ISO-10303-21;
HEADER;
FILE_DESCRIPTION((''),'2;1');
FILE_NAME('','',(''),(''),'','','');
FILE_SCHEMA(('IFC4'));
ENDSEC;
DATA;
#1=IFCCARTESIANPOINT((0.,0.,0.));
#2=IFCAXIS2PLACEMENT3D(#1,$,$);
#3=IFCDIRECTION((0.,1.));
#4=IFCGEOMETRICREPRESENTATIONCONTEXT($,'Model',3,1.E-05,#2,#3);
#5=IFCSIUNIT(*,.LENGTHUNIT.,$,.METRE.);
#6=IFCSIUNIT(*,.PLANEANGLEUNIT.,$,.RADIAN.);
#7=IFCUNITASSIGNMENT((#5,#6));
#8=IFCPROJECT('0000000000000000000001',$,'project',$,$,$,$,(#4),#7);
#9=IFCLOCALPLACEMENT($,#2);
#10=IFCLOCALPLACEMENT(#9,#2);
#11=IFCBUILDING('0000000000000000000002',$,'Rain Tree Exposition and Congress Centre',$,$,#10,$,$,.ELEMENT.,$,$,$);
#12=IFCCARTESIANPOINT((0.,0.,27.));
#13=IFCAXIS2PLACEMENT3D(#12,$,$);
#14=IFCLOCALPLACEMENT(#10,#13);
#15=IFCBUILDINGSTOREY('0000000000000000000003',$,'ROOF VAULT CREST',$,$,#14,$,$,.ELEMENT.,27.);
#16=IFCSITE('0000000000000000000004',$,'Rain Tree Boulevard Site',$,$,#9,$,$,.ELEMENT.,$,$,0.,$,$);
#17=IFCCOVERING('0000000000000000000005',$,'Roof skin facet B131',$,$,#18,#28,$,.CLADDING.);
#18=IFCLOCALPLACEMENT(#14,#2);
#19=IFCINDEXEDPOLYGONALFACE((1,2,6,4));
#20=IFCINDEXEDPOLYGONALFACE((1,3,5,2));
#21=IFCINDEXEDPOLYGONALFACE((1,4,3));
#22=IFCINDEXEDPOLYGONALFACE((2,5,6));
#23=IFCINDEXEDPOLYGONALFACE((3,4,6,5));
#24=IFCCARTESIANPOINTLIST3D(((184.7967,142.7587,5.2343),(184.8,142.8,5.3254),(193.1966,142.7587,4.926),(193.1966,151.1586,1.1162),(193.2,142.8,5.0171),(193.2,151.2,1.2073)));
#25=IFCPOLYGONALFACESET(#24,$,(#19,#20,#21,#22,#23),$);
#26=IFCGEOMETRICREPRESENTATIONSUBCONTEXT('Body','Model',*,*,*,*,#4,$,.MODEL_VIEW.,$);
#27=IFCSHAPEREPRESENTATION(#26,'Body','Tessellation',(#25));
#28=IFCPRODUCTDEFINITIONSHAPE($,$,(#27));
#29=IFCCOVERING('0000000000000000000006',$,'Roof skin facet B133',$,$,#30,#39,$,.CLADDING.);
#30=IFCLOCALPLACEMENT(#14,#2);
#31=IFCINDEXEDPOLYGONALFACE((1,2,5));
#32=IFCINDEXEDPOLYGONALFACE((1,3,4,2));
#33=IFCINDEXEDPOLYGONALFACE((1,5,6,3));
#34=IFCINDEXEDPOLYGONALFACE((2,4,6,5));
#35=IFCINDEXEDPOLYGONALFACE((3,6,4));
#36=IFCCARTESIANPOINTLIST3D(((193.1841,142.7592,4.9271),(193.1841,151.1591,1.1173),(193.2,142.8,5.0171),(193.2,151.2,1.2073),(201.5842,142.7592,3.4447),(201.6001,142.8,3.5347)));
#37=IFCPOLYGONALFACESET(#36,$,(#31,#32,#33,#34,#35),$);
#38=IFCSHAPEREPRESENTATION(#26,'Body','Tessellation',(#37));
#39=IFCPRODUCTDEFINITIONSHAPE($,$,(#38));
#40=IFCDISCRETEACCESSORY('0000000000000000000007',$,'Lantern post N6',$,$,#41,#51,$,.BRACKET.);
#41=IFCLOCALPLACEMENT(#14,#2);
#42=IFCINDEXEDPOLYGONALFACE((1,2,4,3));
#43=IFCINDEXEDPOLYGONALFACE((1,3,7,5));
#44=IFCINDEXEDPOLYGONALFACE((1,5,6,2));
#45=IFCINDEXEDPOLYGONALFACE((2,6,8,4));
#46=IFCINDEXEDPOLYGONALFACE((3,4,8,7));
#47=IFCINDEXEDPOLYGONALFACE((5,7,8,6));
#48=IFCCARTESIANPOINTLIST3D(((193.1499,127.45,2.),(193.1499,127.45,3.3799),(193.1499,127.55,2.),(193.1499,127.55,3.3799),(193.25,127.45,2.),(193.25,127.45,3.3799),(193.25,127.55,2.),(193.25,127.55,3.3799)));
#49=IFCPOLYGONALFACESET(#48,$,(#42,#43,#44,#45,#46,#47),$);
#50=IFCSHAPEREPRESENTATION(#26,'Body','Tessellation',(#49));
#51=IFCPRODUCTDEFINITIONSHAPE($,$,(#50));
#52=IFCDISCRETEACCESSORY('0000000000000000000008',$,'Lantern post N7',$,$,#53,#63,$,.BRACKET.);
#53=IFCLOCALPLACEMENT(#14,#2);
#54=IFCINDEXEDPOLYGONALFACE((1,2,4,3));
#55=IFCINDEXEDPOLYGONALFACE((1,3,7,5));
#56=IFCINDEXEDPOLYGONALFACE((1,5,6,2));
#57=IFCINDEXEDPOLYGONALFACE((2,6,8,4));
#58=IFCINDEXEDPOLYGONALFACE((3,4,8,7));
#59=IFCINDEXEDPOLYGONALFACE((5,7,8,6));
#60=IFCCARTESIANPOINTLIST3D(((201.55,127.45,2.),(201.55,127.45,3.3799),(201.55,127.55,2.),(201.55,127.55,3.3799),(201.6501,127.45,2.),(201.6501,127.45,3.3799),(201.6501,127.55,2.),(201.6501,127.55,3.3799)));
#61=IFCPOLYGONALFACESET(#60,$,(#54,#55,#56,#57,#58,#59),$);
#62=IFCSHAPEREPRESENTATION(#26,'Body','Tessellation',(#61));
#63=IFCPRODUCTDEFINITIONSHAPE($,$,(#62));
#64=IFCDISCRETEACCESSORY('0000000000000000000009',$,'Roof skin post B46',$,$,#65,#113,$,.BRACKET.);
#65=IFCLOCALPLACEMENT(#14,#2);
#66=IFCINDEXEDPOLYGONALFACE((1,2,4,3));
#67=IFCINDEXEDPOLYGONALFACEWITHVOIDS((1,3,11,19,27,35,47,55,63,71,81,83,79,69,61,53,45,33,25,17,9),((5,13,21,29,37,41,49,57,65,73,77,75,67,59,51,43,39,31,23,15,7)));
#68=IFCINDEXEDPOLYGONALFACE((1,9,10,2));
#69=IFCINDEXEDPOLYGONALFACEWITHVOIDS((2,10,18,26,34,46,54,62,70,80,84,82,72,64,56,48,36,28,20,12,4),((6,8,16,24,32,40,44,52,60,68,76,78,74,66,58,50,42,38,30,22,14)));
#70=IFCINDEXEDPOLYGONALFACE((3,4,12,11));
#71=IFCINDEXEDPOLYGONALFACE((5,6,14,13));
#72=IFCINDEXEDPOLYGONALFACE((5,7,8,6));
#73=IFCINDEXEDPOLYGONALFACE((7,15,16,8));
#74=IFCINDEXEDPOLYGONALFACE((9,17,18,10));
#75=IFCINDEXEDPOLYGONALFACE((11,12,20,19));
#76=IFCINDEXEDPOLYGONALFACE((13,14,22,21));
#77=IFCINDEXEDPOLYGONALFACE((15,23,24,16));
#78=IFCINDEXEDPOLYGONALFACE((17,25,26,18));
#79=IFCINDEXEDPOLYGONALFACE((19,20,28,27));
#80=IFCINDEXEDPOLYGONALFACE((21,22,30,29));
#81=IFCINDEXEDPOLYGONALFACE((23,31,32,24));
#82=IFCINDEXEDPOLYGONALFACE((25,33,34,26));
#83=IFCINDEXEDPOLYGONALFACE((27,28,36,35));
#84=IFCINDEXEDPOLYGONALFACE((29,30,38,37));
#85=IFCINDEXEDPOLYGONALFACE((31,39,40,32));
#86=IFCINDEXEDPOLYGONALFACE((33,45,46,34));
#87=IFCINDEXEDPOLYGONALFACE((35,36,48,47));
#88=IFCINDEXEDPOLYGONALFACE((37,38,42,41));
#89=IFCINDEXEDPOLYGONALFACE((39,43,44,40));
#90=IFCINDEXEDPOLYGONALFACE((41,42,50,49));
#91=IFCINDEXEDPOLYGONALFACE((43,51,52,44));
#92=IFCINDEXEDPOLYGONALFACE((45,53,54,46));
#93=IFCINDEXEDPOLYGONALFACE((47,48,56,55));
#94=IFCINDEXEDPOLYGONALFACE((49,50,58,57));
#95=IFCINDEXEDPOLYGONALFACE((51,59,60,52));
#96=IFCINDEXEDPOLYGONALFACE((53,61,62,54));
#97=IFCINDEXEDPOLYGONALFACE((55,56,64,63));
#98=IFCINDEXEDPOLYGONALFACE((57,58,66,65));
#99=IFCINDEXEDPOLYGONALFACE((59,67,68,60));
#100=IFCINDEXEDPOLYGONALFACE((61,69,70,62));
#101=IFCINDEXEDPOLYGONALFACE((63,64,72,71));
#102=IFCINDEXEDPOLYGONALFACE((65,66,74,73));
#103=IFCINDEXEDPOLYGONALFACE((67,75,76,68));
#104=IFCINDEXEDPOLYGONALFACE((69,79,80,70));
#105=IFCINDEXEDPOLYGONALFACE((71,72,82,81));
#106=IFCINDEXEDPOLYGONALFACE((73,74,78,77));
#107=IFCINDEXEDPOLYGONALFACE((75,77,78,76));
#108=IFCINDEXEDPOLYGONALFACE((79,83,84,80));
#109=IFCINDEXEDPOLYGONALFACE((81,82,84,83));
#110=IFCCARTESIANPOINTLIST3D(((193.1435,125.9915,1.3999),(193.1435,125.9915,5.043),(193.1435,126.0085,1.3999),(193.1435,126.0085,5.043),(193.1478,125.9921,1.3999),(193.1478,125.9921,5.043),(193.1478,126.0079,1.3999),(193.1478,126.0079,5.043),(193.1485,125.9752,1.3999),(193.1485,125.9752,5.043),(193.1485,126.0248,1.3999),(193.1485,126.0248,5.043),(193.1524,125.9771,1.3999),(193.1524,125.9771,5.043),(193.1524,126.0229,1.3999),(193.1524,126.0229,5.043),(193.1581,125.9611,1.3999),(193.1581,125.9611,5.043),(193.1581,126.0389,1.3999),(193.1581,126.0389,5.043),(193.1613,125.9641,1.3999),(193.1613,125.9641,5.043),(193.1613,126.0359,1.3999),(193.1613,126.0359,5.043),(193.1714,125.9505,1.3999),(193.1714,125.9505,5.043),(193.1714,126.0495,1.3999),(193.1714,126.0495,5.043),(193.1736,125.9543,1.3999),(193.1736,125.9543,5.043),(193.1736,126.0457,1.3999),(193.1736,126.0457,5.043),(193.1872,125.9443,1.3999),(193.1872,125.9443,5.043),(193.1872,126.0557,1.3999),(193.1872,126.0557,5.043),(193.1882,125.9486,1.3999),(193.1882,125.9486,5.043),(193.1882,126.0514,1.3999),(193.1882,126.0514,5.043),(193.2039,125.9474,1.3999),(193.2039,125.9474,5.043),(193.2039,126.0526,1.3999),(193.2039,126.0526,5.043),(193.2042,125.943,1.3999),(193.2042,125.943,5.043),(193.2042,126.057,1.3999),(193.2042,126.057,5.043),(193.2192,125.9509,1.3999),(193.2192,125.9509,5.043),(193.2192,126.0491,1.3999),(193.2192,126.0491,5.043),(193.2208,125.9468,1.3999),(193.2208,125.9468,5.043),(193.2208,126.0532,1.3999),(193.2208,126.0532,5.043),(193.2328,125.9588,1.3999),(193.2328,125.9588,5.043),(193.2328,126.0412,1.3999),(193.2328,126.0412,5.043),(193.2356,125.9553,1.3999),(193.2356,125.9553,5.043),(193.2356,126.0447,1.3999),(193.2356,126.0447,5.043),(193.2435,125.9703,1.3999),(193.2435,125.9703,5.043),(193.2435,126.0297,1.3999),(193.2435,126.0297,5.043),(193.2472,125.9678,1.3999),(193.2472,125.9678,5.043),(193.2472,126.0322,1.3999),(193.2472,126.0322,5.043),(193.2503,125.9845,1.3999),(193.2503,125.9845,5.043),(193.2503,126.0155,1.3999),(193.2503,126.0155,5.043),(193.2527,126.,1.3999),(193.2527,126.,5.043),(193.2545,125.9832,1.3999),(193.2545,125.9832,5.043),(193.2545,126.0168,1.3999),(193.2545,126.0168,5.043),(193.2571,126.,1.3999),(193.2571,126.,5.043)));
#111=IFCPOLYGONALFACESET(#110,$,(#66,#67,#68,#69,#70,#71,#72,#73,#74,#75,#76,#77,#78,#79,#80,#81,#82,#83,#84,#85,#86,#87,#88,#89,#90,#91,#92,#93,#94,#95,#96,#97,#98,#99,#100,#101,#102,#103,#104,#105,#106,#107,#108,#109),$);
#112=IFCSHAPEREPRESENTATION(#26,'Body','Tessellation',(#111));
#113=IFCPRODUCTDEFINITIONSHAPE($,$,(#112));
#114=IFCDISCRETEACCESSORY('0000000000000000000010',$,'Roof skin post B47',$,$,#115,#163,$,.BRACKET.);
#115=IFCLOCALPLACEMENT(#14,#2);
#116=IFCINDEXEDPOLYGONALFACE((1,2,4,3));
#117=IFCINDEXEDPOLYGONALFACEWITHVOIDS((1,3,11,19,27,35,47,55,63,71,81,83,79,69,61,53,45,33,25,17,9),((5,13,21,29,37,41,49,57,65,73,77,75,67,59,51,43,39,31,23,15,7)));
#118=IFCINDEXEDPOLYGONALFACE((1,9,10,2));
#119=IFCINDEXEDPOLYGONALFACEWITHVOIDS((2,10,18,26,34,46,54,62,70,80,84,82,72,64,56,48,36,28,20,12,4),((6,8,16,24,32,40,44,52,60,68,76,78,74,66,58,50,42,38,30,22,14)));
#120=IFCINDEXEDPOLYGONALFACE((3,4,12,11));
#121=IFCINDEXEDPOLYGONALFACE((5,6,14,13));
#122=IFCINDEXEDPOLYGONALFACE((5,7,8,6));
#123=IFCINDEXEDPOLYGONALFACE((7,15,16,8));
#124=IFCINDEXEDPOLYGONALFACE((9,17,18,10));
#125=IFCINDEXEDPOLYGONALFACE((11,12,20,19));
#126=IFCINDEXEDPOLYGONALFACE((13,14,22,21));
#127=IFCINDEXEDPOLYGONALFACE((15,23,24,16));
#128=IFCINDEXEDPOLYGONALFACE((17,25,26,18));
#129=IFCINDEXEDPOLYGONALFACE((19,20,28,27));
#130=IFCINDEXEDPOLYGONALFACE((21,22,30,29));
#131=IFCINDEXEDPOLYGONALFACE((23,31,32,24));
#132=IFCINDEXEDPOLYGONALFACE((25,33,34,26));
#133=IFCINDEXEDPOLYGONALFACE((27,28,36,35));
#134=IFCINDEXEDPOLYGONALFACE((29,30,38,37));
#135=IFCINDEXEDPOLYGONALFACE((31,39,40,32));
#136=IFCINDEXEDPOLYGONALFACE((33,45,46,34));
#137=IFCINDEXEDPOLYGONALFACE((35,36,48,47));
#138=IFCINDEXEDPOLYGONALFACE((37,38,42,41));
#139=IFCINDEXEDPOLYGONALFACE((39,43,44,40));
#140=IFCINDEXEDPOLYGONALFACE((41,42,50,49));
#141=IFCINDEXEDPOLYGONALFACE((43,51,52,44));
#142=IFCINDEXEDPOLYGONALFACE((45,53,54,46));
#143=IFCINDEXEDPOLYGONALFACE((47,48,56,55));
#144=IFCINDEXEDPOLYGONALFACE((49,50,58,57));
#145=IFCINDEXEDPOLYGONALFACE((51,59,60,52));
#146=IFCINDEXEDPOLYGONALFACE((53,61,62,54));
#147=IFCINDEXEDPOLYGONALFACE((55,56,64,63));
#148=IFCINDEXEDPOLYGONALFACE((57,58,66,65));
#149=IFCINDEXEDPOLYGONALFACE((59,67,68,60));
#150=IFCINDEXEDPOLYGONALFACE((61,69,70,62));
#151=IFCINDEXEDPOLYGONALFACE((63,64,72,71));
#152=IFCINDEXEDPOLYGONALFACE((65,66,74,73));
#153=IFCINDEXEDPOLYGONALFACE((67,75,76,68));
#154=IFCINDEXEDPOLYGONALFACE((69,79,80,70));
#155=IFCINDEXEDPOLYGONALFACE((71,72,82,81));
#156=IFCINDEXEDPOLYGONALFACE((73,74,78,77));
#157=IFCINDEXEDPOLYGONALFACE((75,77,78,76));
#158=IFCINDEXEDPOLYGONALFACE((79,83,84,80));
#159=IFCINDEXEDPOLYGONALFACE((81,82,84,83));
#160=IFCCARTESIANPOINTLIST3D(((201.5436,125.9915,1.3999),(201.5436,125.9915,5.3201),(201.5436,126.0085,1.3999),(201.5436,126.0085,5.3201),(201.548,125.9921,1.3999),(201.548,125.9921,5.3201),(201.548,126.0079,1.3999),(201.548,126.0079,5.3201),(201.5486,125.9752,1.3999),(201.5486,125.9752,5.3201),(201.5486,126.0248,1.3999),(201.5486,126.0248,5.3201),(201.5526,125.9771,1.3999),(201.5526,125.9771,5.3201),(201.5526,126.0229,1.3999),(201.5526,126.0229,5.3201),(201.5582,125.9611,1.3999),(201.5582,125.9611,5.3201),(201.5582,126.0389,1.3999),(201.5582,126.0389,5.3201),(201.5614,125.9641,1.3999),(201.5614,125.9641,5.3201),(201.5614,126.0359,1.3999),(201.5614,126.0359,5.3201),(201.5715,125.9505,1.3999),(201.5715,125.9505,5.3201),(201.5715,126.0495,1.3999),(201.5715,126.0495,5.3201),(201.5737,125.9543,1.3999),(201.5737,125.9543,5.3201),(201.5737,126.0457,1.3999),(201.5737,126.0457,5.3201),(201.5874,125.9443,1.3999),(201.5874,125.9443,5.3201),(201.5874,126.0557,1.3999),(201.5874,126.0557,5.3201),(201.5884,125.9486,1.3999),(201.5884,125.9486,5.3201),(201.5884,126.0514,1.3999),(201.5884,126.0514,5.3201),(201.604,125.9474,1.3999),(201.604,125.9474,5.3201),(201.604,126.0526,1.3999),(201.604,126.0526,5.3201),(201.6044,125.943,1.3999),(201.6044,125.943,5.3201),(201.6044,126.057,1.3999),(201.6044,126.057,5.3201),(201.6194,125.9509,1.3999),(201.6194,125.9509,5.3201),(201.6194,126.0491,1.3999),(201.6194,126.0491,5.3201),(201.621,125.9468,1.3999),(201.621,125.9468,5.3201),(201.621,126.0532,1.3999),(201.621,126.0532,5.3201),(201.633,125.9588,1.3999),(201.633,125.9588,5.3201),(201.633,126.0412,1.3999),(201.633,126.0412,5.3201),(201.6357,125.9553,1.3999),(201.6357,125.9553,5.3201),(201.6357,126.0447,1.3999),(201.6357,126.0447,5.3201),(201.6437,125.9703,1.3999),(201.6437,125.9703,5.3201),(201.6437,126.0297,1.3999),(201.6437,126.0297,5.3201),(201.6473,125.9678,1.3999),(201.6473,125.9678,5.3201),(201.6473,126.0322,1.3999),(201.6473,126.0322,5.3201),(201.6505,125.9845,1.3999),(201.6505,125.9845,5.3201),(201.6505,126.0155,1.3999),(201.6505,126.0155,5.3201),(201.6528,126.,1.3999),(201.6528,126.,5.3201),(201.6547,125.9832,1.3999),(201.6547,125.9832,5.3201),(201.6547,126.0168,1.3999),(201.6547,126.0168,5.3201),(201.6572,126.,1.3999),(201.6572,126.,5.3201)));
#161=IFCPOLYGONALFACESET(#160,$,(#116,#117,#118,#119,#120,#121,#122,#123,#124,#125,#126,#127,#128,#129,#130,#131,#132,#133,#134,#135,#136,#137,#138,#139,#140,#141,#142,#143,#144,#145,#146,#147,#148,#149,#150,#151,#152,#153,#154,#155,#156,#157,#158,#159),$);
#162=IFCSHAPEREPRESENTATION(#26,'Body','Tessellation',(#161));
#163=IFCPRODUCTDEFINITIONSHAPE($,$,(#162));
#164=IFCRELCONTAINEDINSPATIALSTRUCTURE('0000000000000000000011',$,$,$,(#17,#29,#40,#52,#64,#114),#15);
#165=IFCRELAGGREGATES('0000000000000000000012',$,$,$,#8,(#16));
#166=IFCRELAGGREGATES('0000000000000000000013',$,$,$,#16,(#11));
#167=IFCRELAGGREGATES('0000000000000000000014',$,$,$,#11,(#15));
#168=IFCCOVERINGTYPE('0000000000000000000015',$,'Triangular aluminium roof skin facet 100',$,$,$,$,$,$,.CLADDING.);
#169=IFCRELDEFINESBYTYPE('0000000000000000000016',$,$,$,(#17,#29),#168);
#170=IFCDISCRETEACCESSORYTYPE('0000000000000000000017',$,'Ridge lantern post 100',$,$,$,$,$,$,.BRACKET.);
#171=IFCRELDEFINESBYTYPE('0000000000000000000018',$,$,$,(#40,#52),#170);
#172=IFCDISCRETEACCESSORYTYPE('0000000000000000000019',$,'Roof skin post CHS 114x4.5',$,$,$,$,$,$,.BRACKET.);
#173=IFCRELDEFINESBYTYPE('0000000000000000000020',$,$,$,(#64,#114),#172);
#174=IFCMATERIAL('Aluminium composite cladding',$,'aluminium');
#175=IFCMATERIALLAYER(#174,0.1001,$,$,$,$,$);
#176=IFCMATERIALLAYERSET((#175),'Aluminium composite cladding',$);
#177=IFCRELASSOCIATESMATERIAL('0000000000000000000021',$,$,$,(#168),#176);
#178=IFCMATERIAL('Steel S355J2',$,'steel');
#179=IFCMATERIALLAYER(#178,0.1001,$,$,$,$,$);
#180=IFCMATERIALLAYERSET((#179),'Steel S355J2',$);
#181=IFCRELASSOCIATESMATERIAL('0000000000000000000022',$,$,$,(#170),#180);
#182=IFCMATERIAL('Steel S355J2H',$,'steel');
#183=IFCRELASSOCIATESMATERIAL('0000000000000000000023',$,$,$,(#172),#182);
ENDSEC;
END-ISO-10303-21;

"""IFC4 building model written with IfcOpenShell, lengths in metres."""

from ifc_helpers import new_model, si_unit, direction, frame, origin, origin_2d, place, context, subcontext, project, spatial, polyline, rectangle, hollow_circle, outline, extrude, material, layer, layer_set, material_profile, profile_set, type_object, element, save


model = new_model("IFC4")

# Units and contexts
model_context = context("Model", 3, precision=1e-05, world=origin(), true_north=direction((0.0, 1.0)))
body_context = subcontext(model_context, "Body", "Model", "MODEL_VIEW")
ifc_project = project(units=[si_unit("LENGTHUNIT", "METRE"), si_unit("PLANEANGLEUNIT", "RADIAN")], contexts=[model_context])

# Site, building, storey
site_placement = place(None, origin())
site = spatial("IfcSite", under=ifc_project, at=site_placement, Name="Rain Tree Boulevard Site", CompositionType="ELEMENT", RefElevation=0.0)
building_placement = place(site_placement, origin())
building = spatial("IfcBuilding", under=site, at=building_placement, Name="Rain Tree Exposition and Congress Centre", CompositionType="ELEMENT")
storey_placement = place(building_placement, frame((0.0, 0.0, 27.0)))
storey = spatial("IfcBuildingStorey", under=building, at=storey_placement, Name="ROOF VAULT CREST", CompositionType="ELEMENT", Elevation=27.0)

# Coverings
ifc_material_1 = material(Name="Aluminium composite cladding", Category="aluminium")
ifc_layer_1 = layer(ifc_material_1, 0.1001)
ifc_layer_set_1 = layer_set([ifc_layer_1], Name="Aluminium composite cladding")
covering_type_1 = type_object("IfcCoveringType", Name="Triangular aluminium roof skin facet 100", PredefinedType="CLADDING", material=ifc_layer_set_1)
covering_1_placement = place(storey_placement, frame((184.8, 142.8, 5.3254), z_axis=(0.033412, 0.412824, 0.910198), x_axis=(0.999327, 0.0, -0.036684)))
element("IfcCovering", 1, at=covering_1_placement, inside=storey, type_object=covering_type_1, Name="Roof skin facet B131", PredefinedType="CLADDING", context=body_context, shape_type="SweptSolid", body=[
    extrude(outline(polyline([(0.0, 0.0), (8.4056, 0.0), (8.5453, 9.2224), (0.0, 0.0)])), origin(), (0.0, 0.0, -1.0), 0.1001),
])
covering_2_placement = place(storey_placement, frame((193.2, 142.8, 5.0171), z_axis=(0.158681, 0.407821, 0.899167), x_axis=(0.984783, 0.0, -0.17379)))
element("IfcCovering", 2, at=covering_2_placement, inside=storey, type_object=covering_type_1, Name="Roof skin facet B133", PredefinedType="CLADDING", context=body_context, shape_type="SweptSolid", body=[
    extrude(outline(polyline([(0.0, 0.0), (8.5299, 0.0), (0.6621, 9.1997), (0.0, 0.0)])), origin(), (0.0, 0.0, -1.0), 0.1001),
])

# Discrete accessories
ifc_material_2 = material(Name="Steel S355J2", Category="steel")
ifc_layer_2 = layer(ifc_material_2, 0.1001)
ifc_layer_set_2 = layer_set([ifc_layer_2], Name="Steel S355J2")
discrete_accessory_type_1 = type_object("IfcDiscreteAccessoryType", Name="Ridge lantern post 100", PredefinedType="BRACKET", material=ifc_layer_set_2)
for number, where, z_axis, x_axis, name in (
    (3, (193.2, 127.5, 2.0), (0.0, 0.0, 1.0), (1.0, 0.0, 0.0), "Lantern post N6"),
    (4, (201.6001, 127.5, 2.0), (0.0, 0.0, 1.0), (1.0, 0.0, 0.0), "Lantern post N7"),
):
    element("IfcDiscreteAccessory", number, at=place(storey_placement, frame(where, z_axis=z_axis, x_axis=x_axis)), inside=storey, type_object=discrete_accessory_type_1, Name=name, PredefinedType="BRACKET", context=body_context, shape_type="SweptSolid", body=[
        extrude(rectangle(XDim=0.1001, YDim=0.1001, at=origin_2d()), origin(), (0.0, 0.0, 1.0), 1.3799),
    ])
ifc_material_3 = material(Name="Steel S355J2H", Category="steel")
ifc_material_profile_1 = material_profile(ifc_material_3, hollow_circle(Radius=0.0571, WallThickness=0.0044, at=origin_2d()), Name="CHS 114x4.5")
ifc_profile_set_1 = profile_set([ifc_material_profile_1], Name="Steel S355J2H")
discrete_accessory_type_2 = type_object("IfcDiscreteAccessoryType", Name="Roof skin post CHS 114x4.5", PredefinedType="BRACKET", material=ifc_profile_set_1)
discrete_accessory_1_placement = place(storey_placement, frame((193.2, 126.0, 1.3999), z_axis=(0.0, 0.0, 1.0), x_axis=(1.0, 0.0, 0.0)))
element("IfcDiscreteAccessory", 5, at=discrete_accessory_1_placement, inside=storey, type_object=discrete_accessory_type_2, Name="Roof skin post B46", PredefinedType="BRACKET", context=body_context, shape_type="SweptSolid", body=[
    extrude(hollow_circle(Radius=0.0571, WallThickness=0.0044, at=origin_2d()), origin(), (0.0, 0.0, 1.0), 3.6431),
])
discrete_accessory_2_placement = place(storey_placement, frame((201.6001, 126.0, 1.3999), z_axis=(0.0, 0.0, 1.0), x_axis=(1.0, 0.0, 0.0)))
element("IfcDiscreteAccessory", 6, at=discrete_accessory_2_placement, inside=storey, type_object=discrete_accessory_type_2, Name="Roof skin post B47", PredefinedType="BRACKET", context=body_context, shape_type="SweptSolid", body=[
    extrude(hollow_circle(Radius=0.0571, WallThickness=0.0044, at=origin_2d()), origin(), (0.0, 0.0, 1.0), 3.9202),
])

save(model, "model.ifc")
